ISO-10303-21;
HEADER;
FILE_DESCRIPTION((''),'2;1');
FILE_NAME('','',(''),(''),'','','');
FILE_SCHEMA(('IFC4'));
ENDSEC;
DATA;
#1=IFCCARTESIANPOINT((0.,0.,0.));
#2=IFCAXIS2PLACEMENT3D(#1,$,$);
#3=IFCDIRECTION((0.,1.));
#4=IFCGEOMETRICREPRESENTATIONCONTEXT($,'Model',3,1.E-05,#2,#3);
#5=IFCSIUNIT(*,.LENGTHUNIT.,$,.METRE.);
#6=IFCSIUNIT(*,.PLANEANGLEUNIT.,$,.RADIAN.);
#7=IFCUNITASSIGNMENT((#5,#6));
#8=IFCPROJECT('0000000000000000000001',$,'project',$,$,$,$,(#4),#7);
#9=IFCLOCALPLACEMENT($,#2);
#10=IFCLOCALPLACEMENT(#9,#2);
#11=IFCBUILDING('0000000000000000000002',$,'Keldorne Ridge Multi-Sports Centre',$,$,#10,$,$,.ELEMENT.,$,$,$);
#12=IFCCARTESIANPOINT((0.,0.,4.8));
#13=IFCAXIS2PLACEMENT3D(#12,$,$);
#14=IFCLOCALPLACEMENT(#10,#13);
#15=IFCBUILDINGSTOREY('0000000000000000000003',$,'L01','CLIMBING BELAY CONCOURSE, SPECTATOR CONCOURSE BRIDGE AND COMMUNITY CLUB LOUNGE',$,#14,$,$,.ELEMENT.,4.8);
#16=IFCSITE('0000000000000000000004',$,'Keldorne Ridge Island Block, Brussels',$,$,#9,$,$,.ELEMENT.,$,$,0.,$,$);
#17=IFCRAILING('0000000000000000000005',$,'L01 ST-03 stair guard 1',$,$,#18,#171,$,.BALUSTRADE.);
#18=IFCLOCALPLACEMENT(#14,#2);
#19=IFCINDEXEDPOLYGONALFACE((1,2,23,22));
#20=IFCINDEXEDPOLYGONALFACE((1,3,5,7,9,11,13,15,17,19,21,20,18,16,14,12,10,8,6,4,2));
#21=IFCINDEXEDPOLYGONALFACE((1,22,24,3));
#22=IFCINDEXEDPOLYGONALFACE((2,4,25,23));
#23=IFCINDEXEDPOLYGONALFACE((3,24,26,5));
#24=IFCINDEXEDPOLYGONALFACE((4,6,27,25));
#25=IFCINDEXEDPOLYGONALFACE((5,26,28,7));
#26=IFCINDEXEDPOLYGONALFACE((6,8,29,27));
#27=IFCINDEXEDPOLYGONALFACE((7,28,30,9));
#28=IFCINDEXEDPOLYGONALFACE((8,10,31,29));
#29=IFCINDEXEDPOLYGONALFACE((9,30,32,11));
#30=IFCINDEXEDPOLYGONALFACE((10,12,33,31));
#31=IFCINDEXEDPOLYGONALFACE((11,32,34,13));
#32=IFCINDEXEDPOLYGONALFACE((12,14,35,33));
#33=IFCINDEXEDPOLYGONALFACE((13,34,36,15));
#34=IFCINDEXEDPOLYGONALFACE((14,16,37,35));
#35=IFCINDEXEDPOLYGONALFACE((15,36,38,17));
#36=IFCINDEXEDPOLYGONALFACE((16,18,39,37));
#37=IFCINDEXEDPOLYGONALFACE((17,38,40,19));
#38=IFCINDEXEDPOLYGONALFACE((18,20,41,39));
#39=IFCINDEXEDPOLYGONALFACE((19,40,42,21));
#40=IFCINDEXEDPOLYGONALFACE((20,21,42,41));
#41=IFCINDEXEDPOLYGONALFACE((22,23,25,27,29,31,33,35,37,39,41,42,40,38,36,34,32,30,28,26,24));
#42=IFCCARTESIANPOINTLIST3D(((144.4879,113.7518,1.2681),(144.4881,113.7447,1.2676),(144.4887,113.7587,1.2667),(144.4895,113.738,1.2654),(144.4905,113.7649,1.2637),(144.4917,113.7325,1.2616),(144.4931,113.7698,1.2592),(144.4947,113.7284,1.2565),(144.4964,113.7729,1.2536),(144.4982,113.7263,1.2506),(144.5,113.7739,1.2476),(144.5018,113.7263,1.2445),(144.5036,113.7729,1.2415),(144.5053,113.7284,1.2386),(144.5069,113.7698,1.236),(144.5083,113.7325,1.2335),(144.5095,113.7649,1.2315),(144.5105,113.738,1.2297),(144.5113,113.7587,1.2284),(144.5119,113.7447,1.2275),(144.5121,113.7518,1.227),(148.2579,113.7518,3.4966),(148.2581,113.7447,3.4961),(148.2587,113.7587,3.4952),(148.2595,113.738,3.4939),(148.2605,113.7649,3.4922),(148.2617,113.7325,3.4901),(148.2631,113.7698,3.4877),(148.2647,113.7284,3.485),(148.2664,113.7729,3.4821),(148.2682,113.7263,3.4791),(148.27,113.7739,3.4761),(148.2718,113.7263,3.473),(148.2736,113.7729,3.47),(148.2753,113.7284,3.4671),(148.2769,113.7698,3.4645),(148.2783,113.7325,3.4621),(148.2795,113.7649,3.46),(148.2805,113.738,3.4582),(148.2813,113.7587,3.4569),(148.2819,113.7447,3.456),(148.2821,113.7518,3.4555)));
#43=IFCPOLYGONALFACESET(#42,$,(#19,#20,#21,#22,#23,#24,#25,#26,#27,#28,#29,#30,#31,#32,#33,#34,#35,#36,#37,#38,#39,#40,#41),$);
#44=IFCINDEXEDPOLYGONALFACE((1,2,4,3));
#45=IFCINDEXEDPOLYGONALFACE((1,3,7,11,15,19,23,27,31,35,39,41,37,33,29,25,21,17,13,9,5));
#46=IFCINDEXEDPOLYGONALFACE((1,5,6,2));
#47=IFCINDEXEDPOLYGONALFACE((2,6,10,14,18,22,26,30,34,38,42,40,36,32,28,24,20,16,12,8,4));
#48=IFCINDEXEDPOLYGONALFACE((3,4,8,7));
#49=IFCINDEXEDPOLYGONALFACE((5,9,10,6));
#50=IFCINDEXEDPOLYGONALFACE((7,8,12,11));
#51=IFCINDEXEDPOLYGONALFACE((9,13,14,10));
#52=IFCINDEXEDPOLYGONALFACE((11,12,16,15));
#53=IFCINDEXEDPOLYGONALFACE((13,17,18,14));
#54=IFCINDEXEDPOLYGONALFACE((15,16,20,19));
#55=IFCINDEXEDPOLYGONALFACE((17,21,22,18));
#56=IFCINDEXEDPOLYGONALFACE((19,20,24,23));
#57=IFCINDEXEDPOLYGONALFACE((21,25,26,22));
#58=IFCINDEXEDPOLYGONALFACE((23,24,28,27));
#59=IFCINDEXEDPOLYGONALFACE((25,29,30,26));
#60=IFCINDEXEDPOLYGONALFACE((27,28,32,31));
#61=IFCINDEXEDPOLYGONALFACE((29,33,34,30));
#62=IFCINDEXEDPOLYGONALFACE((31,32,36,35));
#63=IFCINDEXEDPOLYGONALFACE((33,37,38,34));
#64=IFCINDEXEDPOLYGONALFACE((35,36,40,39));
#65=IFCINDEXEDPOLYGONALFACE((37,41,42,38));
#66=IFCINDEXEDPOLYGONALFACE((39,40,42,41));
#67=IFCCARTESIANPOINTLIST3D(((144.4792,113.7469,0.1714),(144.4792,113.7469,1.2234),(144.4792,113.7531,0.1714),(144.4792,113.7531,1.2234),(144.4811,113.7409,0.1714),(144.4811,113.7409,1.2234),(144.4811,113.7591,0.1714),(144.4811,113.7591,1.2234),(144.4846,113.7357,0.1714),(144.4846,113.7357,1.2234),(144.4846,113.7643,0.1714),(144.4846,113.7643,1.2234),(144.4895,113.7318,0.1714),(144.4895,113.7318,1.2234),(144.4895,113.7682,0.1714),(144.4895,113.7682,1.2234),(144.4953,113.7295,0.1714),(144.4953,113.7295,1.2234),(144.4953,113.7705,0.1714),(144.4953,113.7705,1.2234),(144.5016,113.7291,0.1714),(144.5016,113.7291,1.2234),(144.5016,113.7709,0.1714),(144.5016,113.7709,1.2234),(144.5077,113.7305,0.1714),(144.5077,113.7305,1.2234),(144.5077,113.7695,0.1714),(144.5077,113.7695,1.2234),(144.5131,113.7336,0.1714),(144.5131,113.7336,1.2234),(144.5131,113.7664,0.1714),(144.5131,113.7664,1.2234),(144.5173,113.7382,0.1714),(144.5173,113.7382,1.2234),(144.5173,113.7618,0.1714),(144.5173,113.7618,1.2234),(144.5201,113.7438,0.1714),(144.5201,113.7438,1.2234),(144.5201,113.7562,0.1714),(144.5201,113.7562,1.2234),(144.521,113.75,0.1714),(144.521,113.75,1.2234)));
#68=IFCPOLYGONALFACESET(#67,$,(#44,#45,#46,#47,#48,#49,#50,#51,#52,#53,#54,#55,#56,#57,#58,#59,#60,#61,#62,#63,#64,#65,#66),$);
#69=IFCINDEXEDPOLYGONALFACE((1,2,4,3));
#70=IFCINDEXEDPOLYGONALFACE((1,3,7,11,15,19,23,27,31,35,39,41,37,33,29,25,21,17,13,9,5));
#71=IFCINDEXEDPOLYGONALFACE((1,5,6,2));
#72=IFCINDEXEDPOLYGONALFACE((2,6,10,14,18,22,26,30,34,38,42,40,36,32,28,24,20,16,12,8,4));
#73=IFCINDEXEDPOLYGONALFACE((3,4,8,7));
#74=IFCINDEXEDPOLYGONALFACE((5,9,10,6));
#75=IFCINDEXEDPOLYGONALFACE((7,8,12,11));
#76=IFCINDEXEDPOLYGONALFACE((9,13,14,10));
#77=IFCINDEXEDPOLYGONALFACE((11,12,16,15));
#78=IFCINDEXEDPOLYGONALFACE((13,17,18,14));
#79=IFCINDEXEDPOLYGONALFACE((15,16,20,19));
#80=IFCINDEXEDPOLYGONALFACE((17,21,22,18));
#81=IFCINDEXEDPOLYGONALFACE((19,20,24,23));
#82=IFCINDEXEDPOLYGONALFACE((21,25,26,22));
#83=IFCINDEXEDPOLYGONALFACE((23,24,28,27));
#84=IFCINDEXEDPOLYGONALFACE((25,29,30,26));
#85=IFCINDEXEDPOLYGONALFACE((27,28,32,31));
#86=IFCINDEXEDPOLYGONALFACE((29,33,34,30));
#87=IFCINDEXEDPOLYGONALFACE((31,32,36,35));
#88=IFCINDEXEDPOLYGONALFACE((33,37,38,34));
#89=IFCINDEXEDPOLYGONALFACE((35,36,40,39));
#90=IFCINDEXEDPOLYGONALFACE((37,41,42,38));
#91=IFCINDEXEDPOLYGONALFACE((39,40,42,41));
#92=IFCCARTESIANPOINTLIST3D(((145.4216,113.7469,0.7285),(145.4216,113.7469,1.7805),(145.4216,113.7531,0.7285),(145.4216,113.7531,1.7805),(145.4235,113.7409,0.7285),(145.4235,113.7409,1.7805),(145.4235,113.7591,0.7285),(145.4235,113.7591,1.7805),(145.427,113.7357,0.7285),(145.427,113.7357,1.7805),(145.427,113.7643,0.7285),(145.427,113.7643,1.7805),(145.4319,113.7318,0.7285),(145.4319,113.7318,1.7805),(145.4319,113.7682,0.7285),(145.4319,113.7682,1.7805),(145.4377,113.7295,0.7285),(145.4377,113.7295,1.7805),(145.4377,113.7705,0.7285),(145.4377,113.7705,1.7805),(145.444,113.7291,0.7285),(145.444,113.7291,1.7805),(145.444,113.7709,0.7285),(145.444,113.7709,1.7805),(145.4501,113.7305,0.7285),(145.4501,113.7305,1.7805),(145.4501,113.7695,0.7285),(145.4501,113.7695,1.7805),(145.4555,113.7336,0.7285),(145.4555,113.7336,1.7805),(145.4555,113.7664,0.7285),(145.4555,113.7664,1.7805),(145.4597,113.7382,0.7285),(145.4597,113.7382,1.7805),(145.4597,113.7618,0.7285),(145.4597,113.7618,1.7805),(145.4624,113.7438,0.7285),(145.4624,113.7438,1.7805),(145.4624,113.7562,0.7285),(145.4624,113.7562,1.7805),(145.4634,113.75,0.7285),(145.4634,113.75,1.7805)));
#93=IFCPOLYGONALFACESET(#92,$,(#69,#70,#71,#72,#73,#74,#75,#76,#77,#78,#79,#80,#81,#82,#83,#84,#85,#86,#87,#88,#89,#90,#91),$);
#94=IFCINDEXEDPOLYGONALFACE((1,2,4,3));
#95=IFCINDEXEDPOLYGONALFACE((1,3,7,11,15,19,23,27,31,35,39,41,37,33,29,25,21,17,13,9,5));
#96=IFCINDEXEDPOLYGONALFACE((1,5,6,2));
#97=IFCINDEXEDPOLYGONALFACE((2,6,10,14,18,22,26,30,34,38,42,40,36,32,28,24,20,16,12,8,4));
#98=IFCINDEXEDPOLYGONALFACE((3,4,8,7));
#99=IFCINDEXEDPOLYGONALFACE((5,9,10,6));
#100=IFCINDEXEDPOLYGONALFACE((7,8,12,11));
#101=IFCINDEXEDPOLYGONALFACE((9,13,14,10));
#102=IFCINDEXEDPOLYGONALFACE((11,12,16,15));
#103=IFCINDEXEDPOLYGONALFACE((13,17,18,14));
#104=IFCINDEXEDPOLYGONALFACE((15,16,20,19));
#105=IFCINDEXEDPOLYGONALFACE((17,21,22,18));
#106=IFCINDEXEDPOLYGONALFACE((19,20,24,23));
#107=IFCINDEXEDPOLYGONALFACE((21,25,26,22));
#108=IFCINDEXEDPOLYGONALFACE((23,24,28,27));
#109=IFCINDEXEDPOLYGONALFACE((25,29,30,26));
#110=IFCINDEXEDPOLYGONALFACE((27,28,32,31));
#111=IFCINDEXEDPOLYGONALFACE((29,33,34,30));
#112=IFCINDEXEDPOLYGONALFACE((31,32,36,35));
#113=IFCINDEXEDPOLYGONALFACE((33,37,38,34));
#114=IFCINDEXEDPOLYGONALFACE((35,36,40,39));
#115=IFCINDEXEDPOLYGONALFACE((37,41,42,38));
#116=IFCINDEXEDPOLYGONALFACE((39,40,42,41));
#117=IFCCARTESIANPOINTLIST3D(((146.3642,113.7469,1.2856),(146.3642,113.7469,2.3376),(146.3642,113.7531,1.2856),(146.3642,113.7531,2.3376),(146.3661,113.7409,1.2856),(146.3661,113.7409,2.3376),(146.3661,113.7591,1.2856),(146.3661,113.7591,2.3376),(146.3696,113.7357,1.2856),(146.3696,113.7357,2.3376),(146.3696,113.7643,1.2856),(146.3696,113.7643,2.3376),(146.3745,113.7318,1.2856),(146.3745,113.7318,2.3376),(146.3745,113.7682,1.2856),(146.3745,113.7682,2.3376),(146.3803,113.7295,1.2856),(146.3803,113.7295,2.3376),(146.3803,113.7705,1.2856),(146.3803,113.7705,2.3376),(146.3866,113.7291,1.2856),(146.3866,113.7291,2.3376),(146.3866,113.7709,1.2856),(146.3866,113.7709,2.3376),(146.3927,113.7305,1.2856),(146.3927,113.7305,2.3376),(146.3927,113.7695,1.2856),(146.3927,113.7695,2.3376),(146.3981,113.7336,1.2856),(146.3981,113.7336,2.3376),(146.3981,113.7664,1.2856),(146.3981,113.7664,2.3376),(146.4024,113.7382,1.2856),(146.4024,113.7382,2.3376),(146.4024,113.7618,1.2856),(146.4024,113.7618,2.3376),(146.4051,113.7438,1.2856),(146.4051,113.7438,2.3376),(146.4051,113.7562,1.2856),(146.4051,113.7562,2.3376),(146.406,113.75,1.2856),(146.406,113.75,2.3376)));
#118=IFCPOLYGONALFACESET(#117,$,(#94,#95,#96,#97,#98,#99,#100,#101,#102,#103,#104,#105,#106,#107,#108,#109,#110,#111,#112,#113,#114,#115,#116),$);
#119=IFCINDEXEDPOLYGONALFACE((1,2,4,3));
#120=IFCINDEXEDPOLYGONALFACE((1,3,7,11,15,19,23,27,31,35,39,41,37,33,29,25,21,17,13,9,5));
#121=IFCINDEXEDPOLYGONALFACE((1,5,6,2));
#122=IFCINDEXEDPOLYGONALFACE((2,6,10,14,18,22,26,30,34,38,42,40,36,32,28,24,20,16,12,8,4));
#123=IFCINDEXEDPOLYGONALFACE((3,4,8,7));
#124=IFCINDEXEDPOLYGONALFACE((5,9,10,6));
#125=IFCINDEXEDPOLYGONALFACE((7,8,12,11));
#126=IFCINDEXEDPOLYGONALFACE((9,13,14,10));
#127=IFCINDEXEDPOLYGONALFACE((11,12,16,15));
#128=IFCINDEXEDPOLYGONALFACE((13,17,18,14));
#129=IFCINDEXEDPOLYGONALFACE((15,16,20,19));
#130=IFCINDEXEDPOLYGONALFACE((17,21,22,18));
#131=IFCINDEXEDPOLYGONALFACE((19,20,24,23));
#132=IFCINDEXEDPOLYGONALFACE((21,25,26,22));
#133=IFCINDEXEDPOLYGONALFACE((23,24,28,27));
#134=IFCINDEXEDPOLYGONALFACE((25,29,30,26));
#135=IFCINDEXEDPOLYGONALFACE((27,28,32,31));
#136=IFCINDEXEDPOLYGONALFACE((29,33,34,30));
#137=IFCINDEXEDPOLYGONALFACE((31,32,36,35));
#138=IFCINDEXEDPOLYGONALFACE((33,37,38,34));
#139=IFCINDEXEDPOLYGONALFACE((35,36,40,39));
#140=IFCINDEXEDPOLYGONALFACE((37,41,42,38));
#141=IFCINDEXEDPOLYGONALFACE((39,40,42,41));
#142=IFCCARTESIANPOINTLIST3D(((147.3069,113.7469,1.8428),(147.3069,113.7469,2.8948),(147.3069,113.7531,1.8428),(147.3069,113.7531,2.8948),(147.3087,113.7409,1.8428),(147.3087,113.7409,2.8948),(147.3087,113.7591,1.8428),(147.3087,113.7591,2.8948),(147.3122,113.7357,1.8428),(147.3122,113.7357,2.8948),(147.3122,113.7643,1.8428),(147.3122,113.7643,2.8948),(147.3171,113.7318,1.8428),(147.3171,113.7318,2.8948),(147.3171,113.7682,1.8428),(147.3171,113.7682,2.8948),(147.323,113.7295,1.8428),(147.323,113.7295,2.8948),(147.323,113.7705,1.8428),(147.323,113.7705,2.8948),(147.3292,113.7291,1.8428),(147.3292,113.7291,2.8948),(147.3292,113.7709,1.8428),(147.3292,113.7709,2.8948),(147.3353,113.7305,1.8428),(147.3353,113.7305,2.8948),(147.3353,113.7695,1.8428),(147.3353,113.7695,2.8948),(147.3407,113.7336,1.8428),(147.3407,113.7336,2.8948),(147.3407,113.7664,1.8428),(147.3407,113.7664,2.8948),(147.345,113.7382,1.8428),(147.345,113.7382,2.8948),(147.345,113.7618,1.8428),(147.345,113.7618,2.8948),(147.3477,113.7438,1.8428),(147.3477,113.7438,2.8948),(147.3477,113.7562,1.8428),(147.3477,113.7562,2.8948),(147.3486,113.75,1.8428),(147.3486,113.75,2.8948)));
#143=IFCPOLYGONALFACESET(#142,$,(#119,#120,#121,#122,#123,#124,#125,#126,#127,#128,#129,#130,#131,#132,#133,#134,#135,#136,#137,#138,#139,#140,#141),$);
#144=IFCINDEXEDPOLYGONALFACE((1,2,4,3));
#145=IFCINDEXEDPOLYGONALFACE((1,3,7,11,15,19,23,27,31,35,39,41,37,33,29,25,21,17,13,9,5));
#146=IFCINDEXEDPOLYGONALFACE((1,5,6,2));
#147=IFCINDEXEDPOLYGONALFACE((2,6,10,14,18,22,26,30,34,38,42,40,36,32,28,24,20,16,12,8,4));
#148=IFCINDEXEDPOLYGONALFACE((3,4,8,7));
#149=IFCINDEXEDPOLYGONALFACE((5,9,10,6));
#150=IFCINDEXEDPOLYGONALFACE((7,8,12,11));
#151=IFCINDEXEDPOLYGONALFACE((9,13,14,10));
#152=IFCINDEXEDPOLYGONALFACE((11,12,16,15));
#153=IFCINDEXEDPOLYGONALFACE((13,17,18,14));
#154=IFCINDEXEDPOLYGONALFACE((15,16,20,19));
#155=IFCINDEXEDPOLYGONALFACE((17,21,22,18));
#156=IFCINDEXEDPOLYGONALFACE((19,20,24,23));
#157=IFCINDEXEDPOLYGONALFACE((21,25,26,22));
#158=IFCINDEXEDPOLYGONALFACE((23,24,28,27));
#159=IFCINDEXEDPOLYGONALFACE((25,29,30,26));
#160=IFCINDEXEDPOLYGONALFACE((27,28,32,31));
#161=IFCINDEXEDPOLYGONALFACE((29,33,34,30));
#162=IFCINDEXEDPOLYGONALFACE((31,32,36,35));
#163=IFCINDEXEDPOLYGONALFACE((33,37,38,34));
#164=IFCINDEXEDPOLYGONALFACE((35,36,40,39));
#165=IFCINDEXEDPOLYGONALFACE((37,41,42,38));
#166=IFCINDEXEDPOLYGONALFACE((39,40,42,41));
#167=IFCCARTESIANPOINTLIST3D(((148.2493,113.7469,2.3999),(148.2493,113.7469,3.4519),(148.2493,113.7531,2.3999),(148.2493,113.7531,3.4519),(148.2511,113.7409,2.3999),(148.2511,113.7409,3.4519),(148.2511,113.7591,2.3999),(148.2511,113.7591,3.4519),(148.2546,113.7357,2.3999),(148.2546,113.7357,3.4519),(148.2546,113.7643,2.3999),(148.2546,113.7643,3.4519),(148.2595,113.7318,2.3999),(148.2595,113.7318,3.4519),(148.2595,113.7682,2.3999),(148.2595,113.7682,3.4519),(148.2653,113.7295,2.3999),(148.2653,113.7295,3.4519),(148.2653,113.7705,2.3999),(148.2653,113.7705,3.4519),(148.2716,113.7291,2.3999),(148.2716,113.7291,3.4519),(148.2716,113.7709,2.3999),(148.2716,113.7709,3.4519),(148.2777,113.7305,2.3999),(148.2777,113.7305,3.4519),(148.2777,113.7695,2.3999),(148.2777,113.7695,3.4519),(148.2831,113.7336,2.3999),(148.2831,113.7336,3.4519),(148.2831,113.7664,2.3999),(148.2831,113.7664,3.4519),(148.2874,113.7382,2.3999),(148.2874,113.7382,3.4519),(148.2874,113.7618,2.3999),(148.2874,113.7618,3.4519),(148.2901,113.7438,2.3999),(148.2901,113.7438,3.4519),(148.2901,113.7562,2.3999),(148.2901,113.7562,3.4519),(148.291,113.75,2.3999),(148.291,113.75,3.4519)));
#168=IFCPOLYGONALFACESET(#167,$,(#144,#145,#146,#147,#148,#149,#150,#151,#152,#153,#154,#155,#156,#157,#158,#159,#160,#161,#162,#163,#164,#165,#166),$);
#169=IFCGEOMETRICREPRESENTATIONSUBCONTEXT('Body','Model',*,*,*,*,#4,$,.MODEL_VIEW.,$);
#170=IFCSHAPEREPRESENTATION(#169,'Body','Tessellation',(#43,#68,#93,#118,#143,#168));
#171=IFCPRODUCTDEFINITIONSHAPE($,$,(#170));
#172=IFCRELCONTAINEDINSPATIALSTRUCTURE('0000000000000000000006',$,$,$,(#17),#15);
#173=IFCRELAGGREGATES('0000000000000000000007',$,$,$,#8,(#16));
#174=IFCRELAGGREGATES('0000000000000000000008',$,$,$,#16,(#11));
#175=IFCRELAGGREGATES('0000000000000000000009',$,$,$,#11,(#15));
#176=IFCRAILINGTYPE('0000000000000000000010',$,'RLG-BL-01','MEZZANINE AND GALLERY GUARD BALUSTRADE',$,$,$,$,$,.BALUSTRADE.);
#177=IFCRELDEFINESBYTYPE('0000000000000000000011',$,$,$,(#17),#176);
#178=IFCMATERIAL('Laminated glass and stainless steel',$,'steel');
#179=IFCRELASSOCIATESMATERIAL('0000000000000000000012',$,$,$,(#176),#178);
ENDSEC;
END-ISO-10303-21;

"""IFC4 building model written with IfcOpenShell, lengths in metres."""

from ifc_helpers import new_model, si_unit, direction, frame, origin, origin_2d, place, context, subcontext, project, spatial, circle, extrude, material, type_object, element, save


model = new_model("IFC4")

# Units and contexts
model_context = context("Model", 3, precision=1e-05, world=origin(), true_north=direction((0.0, 1.0)))
body_context = subcontext(model_context, "Body", "Model", "MODEL_VIEW")
ifc_project = project(units=[si_unit("LENGTHUNIT", "METRE"), si_unit("PLANEANGLEUNIT", "RADIAN")], contexts=[model_context])

# Site, building, storey
site_placement = place(None, origin())
site = spatial("IfcSite", under=ifc_project, at=site_placement, Name="Keldorne Ridge Island Block, Brussels", CompositionType="ELEMENT", RefElevation=0.0)
building_placement = place(site_placement, origin())
building = spatial("IfcBuilding", under=site, at=building_placement, Name="Keldorne Ridge Multi-Sports Centre", CompositionType="ELEMENT")
storey_placement = place(building_placement, frame((0.0, 0.0, 4.8)))
storey = spatial("IfcBuildingStorey", under=building, at=storey_placement, Name="L01", Description="CLIMBING BELAY CONCOURSE, SPECTATOR CONCOURSE BRIDGE AND COMMUNITY CLUB LOUNGE", CompositionType="ELEMENT", Elevation=4.8)

# Railing
ifc_material_1 = material(Name="Laminated glass and stainless steel", Category="steel")
railing_type_1 = type_object("IfcRailingType", Name="RLG-BL-01", Description="MEZZANINE AND GALLERY GUARD BALUSTRADE", PredefinedType="BALUSTRADE", material=ifc_material_1)
railing_1_placement = place(storey_placement, frame((144.5, 113.75, 0.1714)))
element("IfcRailing", 1, at=railing_1_placement, inside=storey, type_object=railing_type_1, Name="L01 ST-03 stair guard 1", PredefinedType="BALUSTRADE", context=body_context, shape_type="SweptSolid", body=[
    extrude(circle(Radius=0.0239, at=origin_2d()), frame((0.0, 0.0, 1.0762), z_axis=(0.860849, 0.0, 0.508861), x_axis=(0.0, 1.0, 0.0)), (0.0, 0.0, 1.0), 4.3794),
    extrude(circle(Radius=0.021, at=origin_2d()), origin(), (0.0, 0.0, 1.0), 1.052),
    extrude(circle(Radius=0.021, at=origin_2d()), frame((0.9424, 0.0, 0.5571)), (0.0, 0.0, 1.0), 1.052),
    extrude(circle(Radius=0.021, at=origin_2d()), frame((1.885, 0.0, 1.1143)), (0.0, 0.0, 1.0), 1.052),
    extrude(circle(Radius=0.021, at=origin_2d()), frame((2.8276, 0.0, 1.6714)), (0.0, 0.0, 1.0), 1.052),
    extrude(circle(Radius=0.021, at=origin_2d()), frame((3.77, 0.0, 2.2285)), (0.0, 0.0, 1.0), 1.052),
])

save(model, "model.ifc")
